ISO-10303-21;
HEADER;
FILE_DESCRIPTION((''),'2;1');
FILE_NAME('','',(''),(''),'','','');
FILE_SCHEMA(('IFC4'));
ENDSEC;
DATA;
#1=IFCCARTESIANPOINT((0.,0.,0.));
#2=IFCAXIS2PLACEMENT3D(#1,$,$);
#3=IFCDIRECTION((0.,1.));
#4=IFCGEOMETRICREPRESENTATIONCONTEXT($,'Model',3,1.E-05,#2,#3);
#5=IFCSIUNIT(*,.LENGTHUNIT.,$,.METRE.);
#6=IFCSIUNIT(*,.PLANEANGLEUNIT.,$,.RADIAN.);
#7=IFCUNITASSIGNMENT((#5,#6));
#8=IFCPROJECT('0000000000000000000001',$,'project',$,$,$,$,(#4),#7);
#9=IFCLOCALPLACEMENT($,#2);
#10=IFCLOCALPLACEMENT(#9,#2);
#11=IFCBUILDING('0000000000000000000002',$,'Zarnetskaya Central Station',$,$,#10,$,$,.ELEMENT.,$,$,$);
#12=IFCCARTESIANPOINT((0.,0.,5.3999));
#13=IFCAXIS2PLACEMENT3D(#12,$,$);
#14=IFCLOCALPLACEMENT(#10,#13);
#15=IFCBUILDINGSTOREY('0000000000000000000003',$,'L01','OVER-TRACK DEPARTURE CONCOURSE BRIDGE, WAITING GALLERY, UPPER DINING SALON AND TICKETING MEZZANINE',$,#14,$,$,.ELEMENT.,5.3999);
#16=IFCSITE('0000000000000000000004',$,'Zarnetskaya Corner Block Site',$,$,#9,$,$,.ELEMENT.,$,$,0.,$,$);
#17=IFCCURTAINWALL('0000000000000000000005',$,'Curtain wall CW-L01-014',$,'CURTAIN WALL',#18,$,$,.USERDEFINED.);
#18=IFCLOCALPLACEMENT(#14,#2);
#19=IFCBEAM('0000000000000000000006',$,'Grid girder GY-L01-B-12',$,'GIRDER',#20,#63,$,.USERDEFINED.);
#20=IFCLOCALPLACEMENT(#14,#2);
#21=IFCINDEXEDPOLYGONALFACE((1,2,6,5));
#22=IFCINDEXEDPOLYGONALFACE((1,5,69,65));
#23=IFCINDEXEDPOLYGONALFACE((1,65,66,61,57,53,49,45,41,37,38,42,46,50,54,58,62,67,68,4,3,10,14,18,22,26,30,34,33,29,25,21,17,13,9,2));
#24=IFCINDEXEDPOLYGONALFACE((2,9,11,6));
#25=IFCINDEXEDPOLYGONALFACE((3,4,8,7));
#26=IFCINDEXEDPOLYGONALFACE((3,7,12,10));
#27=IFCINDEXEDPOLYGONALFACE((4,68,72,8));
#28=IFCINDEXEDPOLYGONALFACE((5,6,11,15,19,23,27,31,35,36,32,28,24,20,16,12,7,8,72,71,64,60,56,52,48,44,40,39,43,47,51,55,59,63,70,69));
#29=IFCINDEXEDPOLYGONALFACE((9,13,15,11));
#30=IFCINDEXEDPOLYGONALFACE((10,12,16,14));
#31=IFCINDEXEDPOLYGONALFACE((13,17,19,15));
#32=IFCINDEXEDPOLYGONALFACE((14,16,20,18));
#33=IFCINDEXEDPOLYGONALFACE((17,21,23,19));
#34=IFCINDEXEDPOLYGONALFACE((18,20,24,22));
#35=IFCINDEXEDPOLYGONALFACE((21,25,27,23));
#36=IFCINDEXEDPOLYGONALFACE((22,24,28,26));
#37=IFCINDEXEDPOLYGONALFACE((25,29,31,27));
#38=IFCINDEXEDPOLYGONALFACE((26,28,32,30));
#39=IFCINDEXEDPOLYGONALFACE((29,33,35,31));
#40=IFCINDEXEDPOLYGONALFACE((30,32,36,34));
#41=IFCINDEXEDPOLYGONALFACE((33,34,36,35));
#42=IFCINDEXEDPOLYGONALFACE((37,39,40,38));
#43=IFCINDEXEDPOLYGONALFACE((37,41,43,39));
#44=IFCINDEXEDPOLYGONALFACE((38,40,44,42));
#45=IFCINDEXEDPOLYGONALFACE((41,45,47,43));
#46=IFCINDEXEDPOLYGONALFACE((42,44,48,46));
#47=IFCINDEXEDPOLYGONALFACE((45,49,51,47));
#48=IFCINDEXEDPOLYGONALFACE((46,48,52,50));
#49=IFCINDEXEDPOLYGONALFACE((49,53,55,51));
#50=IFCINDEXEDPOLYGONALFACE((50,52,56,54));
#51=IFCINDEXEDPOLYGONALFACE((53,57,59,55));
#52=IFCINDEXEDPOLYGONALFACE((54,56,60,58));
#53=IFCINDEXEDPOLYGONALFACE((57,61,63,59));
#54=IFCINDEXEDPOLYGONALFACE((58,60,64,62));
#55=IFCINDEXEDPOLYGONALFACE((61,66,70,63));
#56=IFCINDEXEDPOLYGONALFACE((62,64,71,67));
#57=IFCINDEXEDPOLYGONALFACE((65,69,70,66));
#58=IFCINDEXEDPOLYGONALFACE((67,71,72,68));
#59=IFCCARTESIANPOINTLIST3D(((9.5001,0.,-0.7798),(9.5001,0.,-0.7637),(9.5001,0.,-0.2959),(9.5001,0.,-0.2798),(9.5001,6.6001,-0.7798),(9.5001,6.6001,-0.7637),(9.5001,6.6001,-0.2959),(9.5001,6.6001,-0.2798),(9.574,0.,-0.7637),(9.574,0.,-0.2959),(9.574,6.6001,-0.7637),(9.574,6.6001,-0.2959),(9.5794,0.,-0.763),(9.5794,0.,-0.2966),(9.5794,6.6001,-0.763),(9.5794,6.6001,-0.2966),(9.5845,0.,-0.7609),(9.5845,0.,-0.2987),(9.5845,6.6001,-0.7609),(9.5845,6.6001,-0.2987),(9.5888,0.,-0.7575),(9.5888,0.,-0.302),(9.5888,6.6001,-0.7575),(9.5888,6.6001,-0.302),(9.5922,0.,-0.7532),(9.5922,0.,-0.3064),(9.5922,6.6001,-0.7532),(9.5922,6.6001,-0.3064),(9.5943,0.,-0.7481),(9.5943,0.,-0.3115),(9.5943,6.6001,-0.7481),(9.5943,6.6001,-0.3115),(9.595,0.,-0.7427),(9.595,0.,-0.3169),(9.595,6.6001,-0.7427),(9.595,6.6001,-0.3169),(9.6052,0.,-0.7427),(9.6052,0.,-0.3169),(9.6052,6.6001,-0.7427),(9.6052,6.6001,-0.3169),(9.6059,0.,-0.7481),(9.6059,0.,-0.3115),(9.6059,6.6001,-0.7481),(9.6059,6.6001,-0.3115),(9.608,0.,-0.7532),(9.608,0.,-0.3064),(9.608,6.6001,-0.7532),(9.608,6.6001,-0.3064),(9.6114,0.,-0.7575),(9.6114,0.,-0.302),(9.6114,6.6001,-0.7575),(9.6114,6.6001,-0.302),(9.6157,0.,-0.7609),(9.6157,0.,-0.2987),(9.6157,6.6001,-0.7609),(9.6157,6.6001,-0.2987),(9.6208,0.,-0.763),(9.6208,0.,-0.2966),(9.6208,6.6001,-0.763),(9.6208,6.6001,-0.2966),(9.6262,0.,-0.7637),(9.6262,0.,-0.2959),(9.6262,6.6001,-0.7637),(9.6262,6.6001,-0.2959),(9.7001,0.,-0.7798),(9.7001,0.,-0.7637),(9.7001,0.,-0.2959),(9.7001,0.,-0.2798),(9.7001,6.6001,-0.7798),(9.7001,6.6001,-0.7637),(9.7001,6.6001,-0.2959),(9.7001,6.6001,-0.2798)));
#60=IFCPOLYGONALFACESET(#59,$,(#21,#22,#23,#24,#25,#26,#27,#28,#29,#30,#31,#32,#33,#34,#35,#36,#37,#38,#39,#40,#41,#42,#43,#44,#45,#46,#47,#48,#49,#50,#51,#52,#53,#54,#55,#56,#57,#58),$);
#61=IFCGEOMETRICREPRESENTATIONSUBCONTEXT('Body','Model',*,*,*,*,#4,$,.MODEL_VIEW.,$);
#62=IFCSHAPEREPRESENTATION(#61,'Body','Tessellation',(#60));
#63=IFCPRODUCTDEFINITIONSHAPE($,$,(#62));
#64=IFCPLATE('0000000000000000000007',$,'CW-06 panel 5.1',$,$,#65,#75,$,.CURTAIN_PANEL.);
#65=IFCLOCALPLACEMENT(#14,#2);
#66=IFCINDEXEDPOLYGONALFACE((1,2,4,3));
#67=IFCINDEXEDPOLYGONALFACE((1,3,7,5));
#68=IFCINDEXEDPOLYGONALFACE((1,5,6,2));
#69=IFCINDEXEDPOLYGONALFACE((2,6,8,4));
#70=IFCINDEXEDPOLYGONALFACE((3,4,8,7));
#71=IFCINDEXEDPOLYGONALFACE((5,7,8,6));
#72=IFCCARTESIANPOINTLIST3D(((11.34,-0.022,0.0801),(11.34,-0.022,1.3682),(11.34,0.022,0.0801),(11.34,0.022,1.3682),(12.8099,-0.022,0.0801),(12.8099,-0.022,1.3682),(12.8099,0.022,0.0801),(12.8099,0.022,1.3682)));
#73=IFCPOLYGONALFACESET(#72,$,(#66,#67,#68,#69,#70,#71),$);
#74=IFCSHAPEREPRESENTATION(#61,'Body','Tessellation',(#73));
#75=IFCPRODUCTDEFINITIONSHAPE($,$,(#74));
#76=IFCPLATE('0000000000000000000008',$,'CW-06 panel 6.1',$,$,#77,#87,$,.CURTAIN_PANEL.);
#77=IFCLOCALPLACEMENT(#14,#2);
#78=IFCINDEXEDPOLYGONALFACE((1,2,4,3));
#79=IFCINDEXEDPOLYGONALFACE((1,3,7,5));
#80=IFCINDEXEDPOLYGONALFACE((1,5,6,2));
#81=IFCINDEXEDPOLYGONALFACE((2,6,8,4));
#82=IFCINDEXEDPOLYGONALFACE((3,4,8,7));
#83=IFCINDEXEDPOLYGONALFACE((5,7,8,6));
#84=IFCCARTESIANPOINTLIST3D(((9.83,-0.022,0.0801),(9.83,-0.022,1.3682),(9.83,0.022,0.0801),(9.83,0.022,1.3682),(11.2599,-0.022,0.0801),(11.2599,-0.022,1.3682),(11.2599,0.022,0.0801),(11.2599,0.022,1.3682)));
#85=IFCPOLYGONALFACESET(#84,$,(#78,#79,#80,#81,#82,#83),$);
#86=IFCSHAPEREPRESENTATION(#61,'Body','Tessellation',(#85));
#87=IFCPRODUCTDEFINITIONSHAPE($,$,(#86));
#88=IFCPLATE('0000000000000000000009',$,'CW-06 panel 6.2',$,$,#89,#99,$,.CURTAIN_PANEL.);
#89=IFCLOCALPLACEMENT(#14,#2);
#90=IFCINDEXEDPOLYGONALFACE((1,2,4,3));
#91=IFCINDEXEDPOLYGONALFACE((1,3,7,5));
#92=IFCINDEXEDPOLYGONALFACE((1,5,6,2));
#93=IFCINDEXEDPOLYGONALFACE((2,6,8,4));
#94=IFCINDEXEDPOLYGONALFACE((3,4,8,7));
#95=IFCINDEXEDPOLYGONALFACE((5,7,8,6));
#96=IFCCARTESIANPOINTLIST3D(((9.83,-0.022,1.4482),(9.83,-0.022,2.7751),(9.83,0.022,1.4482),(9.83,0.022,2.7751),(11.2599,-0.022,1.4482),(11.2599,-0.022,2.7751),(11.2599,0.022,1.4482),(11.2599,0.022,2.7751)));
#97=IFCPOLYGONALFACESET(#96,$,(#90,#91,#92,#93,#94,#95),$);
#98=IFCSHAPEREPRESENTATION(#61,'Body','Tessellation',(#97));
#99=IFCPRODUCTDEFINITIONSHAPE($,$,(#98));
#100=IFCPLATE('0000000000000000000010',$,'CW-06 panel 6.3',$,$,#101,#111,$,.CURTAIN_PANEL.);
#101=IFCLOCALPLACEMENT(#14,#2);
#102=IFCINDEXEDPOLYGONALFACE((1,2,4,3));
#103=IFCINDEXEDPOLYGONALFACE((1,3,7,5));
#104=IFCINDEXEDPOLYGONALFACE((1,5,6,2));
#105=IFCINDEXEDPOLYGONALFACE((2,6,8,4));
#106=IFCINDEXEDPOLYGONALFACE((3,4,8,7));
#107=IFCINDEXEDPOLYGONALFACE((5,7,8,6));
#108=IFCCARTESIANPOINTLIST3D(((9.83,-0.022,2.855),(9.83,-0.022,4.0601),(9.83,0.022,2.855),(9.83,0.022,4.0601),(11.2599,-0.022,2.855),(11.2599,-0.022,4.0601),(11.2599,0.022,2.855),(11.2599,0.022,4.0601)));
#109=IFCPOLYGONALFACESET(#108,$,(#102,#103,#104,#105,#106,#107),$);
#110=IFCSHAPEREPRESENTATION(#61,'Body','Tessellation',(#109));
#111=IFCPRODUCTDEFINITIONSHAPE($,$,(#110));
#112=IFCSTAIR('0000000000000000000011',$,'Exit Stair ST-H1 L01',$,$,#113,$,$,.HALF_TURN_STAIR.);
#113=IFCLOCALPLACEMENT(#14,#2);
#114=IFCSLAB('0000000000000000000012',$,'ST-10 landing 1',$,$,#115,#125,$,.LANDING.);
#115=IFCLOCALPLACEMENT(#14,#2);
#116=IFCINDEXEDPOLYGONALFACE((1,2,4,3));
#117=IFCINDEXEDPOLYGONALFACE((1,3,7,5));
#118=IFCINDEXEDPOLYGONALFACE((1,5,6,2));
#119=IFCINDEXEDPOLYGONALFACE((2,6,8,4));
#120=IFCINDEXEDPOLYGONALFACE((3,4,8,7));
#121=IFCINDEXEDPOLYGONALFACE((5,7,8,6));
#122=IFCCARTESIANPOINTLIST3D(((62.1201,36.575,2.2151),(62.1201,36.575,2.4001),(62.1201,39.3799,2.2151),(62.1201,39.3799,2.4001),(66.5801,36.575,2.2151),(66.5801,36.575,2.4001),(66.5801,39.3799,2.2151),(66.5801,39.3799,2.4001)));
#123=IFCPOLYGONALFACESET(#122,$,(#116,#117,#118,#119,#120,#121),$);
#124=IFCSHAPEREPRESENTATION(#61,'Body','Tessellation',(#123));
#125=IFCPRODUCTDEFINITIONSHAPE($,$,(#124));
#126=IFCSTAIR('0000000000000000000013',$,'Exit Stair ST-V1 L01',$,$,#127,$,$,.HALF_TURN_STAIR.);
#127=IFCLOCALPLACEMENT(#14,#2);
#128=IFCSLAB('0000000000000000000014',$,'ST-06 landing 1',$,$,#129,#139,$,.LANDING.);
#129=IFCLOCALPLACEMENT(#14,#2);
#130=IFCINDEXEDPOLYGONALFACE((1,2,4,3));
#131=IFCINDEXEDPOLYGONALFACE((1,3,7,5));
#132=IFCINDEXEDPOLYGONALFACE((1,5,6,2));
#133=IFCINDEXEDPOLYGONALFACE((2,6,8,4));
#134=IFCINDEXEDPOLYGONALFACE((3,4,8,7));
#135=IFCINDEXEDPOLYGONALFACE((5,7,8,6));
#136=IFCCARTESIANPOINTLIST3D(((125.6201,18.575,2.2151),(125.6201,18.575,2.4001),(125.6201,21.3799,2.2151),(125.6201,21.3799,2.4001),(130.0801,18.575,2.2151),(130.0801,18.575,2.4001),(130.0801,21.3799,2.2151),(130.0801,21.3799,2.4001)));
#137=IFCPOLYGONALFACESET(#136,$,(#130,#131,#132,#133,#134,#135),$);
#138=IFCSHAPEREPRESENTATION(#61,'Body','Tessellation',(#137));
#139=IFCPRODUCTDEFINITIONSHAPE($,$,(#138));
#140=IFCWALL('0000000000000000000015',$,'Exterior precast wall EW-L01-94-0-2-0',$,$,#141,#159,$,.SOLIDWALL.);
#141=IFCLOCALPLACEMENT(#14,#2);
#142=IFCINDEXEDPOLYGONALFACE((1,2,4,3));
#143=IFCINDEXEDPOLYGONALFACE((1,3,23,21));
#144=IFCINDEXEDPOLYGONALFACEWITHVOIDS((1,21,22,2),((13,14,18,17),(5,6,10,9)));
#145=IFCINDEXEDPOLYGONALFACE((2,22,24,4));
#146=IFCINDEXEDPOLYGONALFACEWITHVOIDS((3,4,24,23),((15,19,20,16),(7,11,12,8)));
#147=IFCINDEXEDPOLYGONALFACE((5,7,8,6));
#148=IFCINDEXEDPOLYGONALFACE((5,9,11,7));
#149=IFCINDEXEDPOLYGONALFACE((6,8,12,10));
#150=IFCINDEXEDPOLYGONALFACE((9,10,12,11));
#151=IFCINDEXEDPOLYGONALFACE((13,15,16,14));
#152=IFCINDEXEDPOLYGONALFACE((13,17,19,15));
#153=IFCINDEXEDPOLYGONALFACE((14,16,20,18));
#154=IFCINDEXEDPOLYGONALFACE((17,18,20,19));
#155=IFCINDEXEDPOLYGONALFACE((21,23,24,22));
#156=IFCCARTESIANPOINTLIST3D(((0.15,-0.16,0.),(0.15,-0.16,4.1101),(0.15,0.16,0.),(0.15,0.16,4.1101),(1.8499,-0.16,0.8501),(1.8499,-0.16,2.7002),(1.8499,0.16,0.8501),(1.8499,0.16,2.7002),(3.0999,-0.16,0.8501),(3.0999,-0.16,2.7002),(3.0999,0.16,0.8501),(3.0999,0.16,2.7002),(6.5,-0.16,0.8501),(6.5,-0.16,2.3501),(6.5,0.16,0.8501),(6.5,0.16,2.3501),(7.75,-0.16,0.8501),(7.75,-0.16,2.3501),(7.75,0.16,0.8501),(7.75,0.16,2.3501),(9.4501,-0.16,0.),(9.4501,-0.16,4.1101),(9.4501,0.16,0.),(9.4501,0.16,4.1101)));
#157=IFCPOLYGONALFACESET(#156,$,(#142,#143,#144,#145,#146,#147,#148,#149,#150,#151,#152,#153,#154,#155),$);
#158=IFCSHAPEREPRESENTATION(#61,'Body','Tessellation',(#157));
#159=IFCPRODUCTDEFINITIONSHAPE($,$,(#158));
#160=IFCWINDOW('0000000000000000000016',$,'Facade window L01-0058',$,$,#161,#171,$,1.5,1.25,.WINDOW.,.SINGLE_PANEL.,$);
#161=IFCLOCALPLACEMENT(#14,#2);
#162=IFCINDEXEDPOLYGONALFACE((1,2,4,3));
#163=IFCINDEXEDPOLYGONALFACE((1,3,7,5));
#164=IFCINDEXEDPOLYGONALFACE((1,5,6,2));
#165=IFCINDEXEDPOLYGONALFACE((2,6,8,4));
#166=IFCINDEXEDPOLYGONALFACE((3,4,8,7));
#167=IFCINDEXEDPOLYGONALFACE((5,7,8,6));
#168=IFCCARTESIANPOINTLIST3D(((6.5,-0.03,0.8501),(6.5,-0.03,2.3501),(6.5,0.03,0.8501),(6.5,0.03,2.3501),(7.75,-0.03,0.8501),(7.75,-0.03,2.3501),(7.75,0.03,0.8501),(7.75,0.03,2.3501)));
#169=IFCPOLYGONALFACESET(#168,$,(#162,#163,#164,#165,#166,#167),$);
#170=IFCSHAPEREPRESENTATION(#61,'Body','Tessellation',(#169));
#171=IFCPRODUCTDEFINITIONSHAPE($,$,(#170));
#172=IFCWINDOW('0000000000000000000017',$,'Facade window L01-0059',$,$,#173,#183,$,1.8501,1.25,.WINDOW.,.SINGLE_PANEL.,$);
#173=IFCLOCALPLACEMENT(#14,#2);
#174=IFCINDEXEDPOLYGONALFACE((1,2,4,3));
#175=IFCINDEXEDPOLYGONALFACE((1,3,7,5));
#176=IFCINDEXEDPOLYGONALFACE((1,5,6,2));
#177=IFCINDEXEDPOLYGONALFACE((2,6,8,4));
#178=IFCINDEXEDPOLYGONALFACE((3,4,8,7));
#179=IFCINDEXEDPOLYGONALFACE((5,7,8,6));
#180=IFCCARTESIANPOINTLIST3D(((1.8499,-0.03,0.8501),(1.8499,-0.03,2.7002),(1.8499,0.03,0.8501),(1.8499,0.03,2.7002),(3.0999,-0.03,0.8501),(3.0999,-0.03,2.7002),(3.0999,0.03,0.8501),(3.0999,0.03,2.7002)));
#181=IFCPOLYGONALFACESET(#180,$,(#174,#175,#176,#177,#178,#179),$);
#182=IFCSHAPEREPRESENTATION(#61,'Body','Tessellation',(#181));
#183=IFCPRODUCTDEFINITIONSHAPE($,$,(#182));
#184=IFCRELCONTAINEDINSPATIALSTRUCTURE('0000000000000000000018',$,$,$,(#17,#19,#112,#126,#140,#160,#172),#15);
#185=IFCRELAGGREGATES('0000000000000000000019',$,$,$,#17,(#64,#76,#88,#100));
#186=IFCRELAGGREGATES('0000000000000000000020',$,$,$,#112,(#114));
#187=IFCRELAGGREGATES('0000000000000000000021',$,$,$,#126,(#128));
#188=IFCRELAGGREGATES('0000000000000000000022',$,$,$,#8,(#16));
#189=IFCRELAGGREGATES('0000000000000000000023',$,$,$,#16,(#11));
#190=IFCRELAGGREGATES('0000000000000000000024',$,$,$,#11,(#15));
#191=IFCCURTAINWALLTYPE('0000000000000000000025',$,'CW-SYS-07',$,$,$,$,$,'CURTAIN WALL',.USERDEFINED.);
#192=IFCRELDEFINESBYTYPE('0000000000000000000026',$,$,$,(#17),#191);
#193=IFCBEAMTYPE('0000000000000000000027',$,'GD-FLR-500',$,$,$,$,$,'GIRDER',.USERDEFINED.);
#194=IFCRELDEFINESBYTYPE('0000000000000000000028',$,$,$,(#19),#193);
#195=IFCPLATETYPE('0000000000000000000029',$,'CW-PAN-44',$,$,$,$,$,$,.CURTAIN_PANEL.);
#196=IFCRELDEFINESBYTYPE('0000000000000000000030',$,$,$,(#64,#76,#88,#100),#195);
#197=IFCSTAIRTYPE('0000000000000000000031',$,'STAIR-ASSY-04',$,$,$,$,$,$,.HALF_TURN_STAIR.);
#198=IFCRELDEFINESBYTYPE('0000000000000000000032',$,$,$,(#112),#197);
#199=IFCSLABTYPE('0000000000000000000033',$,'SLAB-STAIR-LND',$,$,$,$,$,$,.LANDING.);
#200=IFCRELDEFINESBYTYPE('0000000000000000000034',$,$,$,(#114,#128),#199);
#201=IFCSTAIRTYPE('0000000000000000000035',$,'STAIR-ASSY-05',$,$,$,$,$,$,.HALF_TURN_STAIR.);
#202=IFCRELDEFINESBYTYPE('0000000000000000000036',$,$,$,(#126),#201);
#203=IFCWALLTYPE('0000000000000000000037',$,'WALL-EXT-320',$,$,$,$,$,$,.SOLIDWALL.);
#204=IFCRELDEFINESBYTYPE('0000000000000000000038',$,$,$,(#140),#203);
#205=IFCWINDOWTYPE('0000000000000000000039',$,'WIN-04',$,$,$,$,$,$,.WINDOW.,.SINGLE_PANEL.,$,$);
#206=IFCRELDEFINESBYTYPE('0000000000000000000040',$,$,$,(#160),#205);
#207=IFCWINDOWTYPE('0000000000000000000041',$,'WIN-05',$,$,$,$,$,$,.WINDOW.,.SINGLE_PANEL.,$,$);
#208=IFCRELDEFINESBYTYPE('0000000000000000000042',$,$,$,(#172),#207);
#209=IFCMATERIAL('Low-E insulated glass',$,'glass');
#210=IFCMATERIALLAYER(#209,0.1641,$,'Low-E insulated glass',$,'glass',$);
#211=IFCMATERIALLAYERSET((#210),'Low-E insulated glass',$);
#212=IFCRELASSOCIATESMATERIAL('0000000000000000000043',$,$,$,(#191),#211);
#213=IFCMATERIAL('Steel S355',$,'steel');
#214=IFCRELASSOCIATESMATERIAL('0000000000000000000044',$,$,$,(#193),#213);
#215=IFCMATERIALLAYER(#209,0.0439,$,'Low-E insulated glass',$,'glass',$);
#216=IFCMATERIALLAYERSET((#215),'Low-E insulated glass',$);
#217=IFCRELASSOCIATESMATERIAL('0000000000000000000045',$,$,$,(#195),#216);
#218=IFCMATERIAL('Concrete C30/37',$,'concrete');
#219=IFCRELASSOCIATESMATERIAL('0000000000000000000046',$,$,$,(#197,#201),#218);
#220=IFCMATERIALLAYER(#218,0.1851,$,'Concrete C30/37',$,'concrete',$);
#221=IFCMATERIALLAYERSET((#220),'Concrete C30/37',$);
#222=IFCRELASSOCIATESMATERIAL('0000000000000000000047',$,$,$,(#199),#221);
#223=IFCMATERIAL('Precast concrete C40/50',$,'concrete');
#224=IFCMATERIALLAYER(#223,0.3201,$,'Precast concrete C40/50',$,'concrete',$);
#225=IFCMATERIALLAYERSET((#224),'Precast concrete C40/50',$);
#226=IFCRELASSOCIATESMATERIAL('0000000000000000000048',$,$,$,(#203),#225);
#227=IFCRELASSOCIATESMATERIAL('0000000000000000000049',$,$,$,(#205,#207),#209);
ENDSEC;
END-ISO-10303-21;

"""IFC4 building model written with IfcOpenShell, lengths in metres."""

from ifc_helpers import new_model, si_unit, direction, frame, frame_2d, origin, origin_2d, place, context, subcontext, project, spatial, polyline, rectangle, i_section, outline, extrude, material, layer, layer_set, material_profile, profile_set, type_object, element, fill, aggregate, save


model = new_model("IFC4")

# Units and contexts
model_context = context("Model", 3, precision=1e-05, world=origin(), true_north=direction((0.0, 1.0)))
body_context = subcontext(model_context, "Body", "Model", "MODEL_VIEW")
ifc_project = project(units=[si_unit("LENGTHUNIT", "METRE"), si_unit("PLANEANGLEUNIT", "RADIAN")], contexts=[model_context])

# Site, building, storey
site_placement = place(None, origin())
site = spatial("IfcSite", under=ifc_project, at=site_placement, Name="Zarnetskaya Corner Block Site", CompositionType="ELEMENT", RefElevation=0.0)
building_placement = place(site_placement, origin())
building = spatial("IfcBuilding", under=site, at=building_placement, Name="Zarnetskaya Central Station", CompositionType="ELEMENT")
storey_placement = place(building_placement, frame((0.0, 0.0, 5.3999)))
storey = spatial("IfcBuildingStorey", under=building, at=storey_placement, Name="L01", Description="OVER-TRACK DEPARTURE CONCOURSE BRIDGE, WAITING GALLERY, UPPER DINING SALON AND TICKETING MEZZANINE", CompositionType="ELEMENT", Elevation=5.3999)

# Shared definitions
ifc_material_1 = material(Name="Steel S355", Category="steel")

# Curtain wall
ifc_material_2 = material(Name="Low-E insulated glass", Category="glass")
ifc_layer_1 = layer(ifc_material_2, 0.1641, Name="Low-E insulated glass", Category="glass")
ifc_layer_set_1 = layer_set([ifc_layer_1], Name="Low-E insulated glass")
curtain_wall_type = type_object("IfcCurtainWallType", Name="CW-SYS-07", ElementType="CURTAIN WALL", PredefinedType="USERDEFINED", material=ifc_layer_set_1)
curtain_wall_placement = place(storey_placement, origin())
curtain_wall = element("IfcCurtainWall", 1, at=curtain_wall_placement, inside=storey, type_object=curtain_wall_type, Name="Curtain wall CW-L01-014", ObjectType="CURTAIN WALL", PredefinedType="USERDEFINED")

# Beam
ifc_material_profile_1 = material_profile(ifc_material_1, i_section(OverallWidth=0.2, OverallDepth=0.5, WebThickness=0.0103, FlangeThickness=0.0161, FilletRadius=0.021, at=origin_2d()), Name="IPE 500")
ifc_profile_set_1 = profile_set([ifc_material_profile_1], Name="Steel S355")
beam_type_1 = type_object("IfcBeamType", Name="GD-FLR-500", ElementType="GIRDER", PredefinedType="USERDEFINED", material=ifc_profile_set_1)
beam_1_placement = place(storey_placement, frame((9.6001, 0.0, -0.5298), z_axis=(0.0, 1.0, 0.0), x_axis=(-1.0, 0.0, 0.0)))
element("IfcBeam", 2, at=beam_1_placement, inside=storey, type_object=beam_type_1, Name="Grid girder GY-L01-B-12", ObjectType="GIRDER", PredefinedType="USERDEFINED", context=body_context, shape_type="SweptSolid", body=[
    extrude(i_section(OverallWidth=0.2, OverallDepth=0.5, WebThickness=0.0103, FlangeThickness=0.0161, FilletRadius=0.021, at=origin_2d()), origin(), (0.0, 0.0, 1.0), 6.6001),
])

# Plates
ifc_layer_2 = layer(ifc_material_2, 0.0439, Name="Low-E insulated glass", Category="glass")
ifc_layer_set_2 = layer_set([ifc_layer_2], Name="Low-E insulated glass")
plate_type = type_object("IfcPlateType", Name="CW-PAN-44", PredefinedType="CURTAIN_PANEL", material=ifc_layer_set_2)
plate_1_placement = place(storey_placement, frame((12.075, 0.0, 0.0801), z_axis=(0.0, 0.0, 1.0), x_axis=(-1.0, 0.0, 0.0)))
plate_1 = element("IfcPlate", 3, at=plate_1_placement, type_object=plate_type, Name="CW-06 panel 5.1", PredefinedType="CURTAIN_PANEL", context=body_context, shape_type="SweptSolid", body=[
    extrude(rectangle(XDim=1.47, YDim=0.0439, at=origin_2d()), origin(), (0.0, 0.0, 1.0), 1.2881),
])
plate_2_placement = place(storey_placement, frame((10.5449, 0.0, 0.0801), z_axis=(0.0, 0.0, 1.0), x_axis=(-1.0, 0.0, 0.0)))
plate_2 = element("IfcPlate", 4, at=plate_2_placement, type_object=plate_type, Name="CW-06 panel 6.1", PredefinedType="CURTAIN_PANEL", context=body_context, shape_type="SweptSolid", body=[
    extrude(rectangle(XDim=1.4299, YDim=0.0439, at=origin_2d()), origin(), (0.0, 0.0, 1.0), 1.2881),
])
plate_3_placement = place(storey_placement, frame((10.5449, 0.0, 1.4482), z_axis=(0.0, 0.0, 1.0), x_axis=(-1.0, 0.0, 0.0)))
plate_3 = element("IfcPlate", 5, at=plate_3_placement, type_object=plate_type, Name="CW-06 panel 6.2", PredefinedType="CURTAIN_PANEL", context=body_context, shape_type="SweptSolid", body=[
    extrude(rectangle(XDim=1.4299, YDim=0.0439, at=origin_2d()), origin(), (0.0, 0.0, 1.0), 1.3269),
])
plate_4_placement = place(storey_placement, frame((10.5449, 0.0, 2.855), z_axis=(0.0, 0.0, 1.0), x_axis=(-1.0, 0.0, 0.0)))
plate_4 = element("IfcPlate", 6, at=plate_4_placement, type_object=plate_type, Name="CW-06 panel 6.3", PredefinedType="CURTAIN_PANEL", context=body_context, shape_type="SweptSolid", body=[
    extrude(rectangle(XDim=1.4299, YDim=0.0439, at=origin_2d()), origin(), (0.0, 0.0, 1.0), 1.2051),
])
aggregate(curtain_wall, [plate_1, plate_2, plate_3, plate_4])

# Stairs, slabs
ifc_material_3 = material(Name="Concrete C30/37", Category="concrete")
stair_type_1 = type_object("IfcStairType", Name="STAIR-ASSY-04", PredefinedType="HALF_TURN_STAIR", material=ifc_material_3)
stair_1_placement = place(storey_placement, origin())
stair_1 = element("IfcStair", 7, at=stair_1_placement, inside=storey, type_object=stair_type_1, Name="Exit Stair ST-H1 L01", PredefinedType="HALF_TURN_STAIR")
ifc_layer_3 = layer(ifc_material_3, 0.1851, Name="Concrete C30/37", Category="concrete")
ifc_layer_set_3 = layer_set([ifc_layer_3], Name="Concrete C30/37")
slab_type = type_object("IfcSlabType", Name="SLAB-STAIR-LND", PredefinedType="LANDING", material=ifc_layer_set_3)
slab_1_placement = place(storey_placement, frame((0.0, 0.0, 2.2151)))
slab_1 = element("IfcSlab", 8, at=slab_1_placement, type_object=slab_type, Name="ST-10 landing 1", PredefinedType="LANDING", context=body_context, shape_type="SweptSolid", body=[
    extrude(outline(polyline([(62.1201, 36.575), (66.5801, 36.575), (66.5801, 39.3799), (62.1201, 39.3799), (62.1201, 36.575)])), origin(), (0.0, 0.0, 1.0), 0.1851),
])
aggregate(stair_1, [slab_1])
stair_type_2 = type_object("IfcStairType", Name="STAIR-ASSY-05", PredefinedType="HALF_TURN_STAIR", material=ifc_material_3)
stair_2_placement = place(storey_placement, origin())
stair_2 = element("IfcStair", 9, at=stair_2_placement, inside=storey, type_object=stair_type_2, Name="Exit Stair ST-V1 L01", PredefinedType="HALF_TURN_STAIR")
slab_2_placement = place(storey_placement, frame((0.0, 0.0, 2.2151)))
slab_2 = element("IfcSlab", 10, at=slab_2_placement, type_object=slab_type, Name="ST-06 landing 1", PredefinedType="LANDING", context=body_context, shape_type="SweptSolid", body=[
    extrude(outline(polyline([(125.6201, 18.575), (130.0801, 18.575), (130.0801, 21.3799), (125.6201, 21.3799), (125.6201, 18.575)])), origin(), (0.0, 0.0, 1.0), 0.1851),
])
aggregate(stair_2, [slab_2])

# Wall, openings, windows
ifc_material_4 = material(Name="Precast concrete C40/50", Category="concrete")
ifc_layer_4 = layer(ifc_material_4, 0.3201, Name="Precast concrete C40/50", Category="concrete")
ifc_layer_set_4 = layer_set([ifc_layer_4], Name="Precast concrete C40/50")
wall_type = type_object("IfcWallType", Name="WALL-EXT-320", PredefinedType="SOLIDWALL", material=ifc_layer_set_4)
wall_placement = place(storey_placement, frame((9.45, 0.0, 0.0), z_axis=(0.0, 0.0, 1.0), x_axis=(-1.0, 0.0, 0.0)))
wall = element("IfcWall", 11, at=wall_placement, inside=storey, type_object=wall_type, Name="Exterior precast wall EW-L01-94-0-2-0", PredefinedType="SOLIDWALL", context=body_context, shape_type="SweptSolid", body=[
    extrude(rectangle(XDim=9.3, YDim=0.3201, at=frame_2d((4.6499, 0.0))), origin(), (0.0, 0.0, 1.0), 4.1101),
])
opening_1_placement = place(wall_placement, frame((1.7, 0.0, 0.8501)))
opening_1 = element("IfcOpeningElement", 12, at=opening_1_placement, cuts=wall, PredefinedType="OPENING", context=body_context, shape_type="SweptSolid", body=[
    extrude(rectangle(XDim=1.25, YDim=1.5, at=frame_2d((0.625, 0.75))), frame((0.0, 0.1699, 0.0), z_axis=(0.0, -1.0, 0.0), x_axis=(1.0, 0.0, 0.0)), (0.0, 0.0, 1.0), 0.3401),
])
opening_2_placement = place(wall_placement, frame((6.3501, 0.0, 0.8501)))
opening_2 = element("IfcOpeningElement", 13, at=opening_2_placement, cuts=wall, PredefinedType="OPENING", context=body_context, shape_type="SweptSolid", body=[
    extrude(rectangle(XDim=1.25, YDim=1.8501, at=frame_2d((0.625, 0.925))), frame((0.0, 0.1699, 0.0), z_axis=(0.0, -1.0, 0.0), x_axis=(1.0, 0.0, 0.0)), (0.0, 0.0, 1.0), 0.3401),
])
window_type_1 = type_object("IfcWindowType", Name="WIN-04", PartitioningType="SINGLE_PANEL", PredefinedType="WINDOW", material=ifc_material_2)
window_1_placement = place(opening_1_placement, origin())
window_1 = element("IfcWindow", 14, at=window_1_placement, inside=storey, type_object=window_type_1, Name="Facade window L01-0058", OverallHeight=1.5, OverallWidth=1.25, PartitioningType="SINGLE_PANEL", PredefinedType="WINDOW", context=body_context, shape_type="SweptSolid", body=[
    extrude(rectangle(XDim=1.25, YDim=1.5, at=frame_2d((0.625, 0.75))), frame((0.0, 0.03, 0.0), z_axis=(0.0, -1.0, 0.0), x_axis=(1.0, 0.0, 0.0)), (0.0, 0.0, 1.0), 0.0601),
])
fill(opening_1, window_1)
window_type_2 = type_object("IfcWindowType", Name="WIN-05", PartitioningType="SINGLE_PANEL", PredefinedType="WINDOW", material=ifc_material_2)
window_2_placement = place(opening_2_placement, origin())
window_2 = element("IfcWindow", 15, at=window_2_placement, inside=storey, type_object=window_type_2, Name="Facade window L01-0059", OverallHeight=1.8501, OverallWidth=1.25, PartitioningType="SINGLE_PANEL", PredefinedType="WINDOW", context=body_context, shape_type="SweptSolid", body=[
    extrude(rectangle(XDim=1.25, YDim=1.8501, at=frame_2d((0.625, 0.925))), frame((0.0, 0.03, 0.0), z_axis=(0.0, -1.0, 0.0), x_axis=(1.0, 0.0, 0.0)), (0.0, 0.0, 1.0), 0.0601),
])
fill(opening_2, window_2)

save(model, "model.ifc")
